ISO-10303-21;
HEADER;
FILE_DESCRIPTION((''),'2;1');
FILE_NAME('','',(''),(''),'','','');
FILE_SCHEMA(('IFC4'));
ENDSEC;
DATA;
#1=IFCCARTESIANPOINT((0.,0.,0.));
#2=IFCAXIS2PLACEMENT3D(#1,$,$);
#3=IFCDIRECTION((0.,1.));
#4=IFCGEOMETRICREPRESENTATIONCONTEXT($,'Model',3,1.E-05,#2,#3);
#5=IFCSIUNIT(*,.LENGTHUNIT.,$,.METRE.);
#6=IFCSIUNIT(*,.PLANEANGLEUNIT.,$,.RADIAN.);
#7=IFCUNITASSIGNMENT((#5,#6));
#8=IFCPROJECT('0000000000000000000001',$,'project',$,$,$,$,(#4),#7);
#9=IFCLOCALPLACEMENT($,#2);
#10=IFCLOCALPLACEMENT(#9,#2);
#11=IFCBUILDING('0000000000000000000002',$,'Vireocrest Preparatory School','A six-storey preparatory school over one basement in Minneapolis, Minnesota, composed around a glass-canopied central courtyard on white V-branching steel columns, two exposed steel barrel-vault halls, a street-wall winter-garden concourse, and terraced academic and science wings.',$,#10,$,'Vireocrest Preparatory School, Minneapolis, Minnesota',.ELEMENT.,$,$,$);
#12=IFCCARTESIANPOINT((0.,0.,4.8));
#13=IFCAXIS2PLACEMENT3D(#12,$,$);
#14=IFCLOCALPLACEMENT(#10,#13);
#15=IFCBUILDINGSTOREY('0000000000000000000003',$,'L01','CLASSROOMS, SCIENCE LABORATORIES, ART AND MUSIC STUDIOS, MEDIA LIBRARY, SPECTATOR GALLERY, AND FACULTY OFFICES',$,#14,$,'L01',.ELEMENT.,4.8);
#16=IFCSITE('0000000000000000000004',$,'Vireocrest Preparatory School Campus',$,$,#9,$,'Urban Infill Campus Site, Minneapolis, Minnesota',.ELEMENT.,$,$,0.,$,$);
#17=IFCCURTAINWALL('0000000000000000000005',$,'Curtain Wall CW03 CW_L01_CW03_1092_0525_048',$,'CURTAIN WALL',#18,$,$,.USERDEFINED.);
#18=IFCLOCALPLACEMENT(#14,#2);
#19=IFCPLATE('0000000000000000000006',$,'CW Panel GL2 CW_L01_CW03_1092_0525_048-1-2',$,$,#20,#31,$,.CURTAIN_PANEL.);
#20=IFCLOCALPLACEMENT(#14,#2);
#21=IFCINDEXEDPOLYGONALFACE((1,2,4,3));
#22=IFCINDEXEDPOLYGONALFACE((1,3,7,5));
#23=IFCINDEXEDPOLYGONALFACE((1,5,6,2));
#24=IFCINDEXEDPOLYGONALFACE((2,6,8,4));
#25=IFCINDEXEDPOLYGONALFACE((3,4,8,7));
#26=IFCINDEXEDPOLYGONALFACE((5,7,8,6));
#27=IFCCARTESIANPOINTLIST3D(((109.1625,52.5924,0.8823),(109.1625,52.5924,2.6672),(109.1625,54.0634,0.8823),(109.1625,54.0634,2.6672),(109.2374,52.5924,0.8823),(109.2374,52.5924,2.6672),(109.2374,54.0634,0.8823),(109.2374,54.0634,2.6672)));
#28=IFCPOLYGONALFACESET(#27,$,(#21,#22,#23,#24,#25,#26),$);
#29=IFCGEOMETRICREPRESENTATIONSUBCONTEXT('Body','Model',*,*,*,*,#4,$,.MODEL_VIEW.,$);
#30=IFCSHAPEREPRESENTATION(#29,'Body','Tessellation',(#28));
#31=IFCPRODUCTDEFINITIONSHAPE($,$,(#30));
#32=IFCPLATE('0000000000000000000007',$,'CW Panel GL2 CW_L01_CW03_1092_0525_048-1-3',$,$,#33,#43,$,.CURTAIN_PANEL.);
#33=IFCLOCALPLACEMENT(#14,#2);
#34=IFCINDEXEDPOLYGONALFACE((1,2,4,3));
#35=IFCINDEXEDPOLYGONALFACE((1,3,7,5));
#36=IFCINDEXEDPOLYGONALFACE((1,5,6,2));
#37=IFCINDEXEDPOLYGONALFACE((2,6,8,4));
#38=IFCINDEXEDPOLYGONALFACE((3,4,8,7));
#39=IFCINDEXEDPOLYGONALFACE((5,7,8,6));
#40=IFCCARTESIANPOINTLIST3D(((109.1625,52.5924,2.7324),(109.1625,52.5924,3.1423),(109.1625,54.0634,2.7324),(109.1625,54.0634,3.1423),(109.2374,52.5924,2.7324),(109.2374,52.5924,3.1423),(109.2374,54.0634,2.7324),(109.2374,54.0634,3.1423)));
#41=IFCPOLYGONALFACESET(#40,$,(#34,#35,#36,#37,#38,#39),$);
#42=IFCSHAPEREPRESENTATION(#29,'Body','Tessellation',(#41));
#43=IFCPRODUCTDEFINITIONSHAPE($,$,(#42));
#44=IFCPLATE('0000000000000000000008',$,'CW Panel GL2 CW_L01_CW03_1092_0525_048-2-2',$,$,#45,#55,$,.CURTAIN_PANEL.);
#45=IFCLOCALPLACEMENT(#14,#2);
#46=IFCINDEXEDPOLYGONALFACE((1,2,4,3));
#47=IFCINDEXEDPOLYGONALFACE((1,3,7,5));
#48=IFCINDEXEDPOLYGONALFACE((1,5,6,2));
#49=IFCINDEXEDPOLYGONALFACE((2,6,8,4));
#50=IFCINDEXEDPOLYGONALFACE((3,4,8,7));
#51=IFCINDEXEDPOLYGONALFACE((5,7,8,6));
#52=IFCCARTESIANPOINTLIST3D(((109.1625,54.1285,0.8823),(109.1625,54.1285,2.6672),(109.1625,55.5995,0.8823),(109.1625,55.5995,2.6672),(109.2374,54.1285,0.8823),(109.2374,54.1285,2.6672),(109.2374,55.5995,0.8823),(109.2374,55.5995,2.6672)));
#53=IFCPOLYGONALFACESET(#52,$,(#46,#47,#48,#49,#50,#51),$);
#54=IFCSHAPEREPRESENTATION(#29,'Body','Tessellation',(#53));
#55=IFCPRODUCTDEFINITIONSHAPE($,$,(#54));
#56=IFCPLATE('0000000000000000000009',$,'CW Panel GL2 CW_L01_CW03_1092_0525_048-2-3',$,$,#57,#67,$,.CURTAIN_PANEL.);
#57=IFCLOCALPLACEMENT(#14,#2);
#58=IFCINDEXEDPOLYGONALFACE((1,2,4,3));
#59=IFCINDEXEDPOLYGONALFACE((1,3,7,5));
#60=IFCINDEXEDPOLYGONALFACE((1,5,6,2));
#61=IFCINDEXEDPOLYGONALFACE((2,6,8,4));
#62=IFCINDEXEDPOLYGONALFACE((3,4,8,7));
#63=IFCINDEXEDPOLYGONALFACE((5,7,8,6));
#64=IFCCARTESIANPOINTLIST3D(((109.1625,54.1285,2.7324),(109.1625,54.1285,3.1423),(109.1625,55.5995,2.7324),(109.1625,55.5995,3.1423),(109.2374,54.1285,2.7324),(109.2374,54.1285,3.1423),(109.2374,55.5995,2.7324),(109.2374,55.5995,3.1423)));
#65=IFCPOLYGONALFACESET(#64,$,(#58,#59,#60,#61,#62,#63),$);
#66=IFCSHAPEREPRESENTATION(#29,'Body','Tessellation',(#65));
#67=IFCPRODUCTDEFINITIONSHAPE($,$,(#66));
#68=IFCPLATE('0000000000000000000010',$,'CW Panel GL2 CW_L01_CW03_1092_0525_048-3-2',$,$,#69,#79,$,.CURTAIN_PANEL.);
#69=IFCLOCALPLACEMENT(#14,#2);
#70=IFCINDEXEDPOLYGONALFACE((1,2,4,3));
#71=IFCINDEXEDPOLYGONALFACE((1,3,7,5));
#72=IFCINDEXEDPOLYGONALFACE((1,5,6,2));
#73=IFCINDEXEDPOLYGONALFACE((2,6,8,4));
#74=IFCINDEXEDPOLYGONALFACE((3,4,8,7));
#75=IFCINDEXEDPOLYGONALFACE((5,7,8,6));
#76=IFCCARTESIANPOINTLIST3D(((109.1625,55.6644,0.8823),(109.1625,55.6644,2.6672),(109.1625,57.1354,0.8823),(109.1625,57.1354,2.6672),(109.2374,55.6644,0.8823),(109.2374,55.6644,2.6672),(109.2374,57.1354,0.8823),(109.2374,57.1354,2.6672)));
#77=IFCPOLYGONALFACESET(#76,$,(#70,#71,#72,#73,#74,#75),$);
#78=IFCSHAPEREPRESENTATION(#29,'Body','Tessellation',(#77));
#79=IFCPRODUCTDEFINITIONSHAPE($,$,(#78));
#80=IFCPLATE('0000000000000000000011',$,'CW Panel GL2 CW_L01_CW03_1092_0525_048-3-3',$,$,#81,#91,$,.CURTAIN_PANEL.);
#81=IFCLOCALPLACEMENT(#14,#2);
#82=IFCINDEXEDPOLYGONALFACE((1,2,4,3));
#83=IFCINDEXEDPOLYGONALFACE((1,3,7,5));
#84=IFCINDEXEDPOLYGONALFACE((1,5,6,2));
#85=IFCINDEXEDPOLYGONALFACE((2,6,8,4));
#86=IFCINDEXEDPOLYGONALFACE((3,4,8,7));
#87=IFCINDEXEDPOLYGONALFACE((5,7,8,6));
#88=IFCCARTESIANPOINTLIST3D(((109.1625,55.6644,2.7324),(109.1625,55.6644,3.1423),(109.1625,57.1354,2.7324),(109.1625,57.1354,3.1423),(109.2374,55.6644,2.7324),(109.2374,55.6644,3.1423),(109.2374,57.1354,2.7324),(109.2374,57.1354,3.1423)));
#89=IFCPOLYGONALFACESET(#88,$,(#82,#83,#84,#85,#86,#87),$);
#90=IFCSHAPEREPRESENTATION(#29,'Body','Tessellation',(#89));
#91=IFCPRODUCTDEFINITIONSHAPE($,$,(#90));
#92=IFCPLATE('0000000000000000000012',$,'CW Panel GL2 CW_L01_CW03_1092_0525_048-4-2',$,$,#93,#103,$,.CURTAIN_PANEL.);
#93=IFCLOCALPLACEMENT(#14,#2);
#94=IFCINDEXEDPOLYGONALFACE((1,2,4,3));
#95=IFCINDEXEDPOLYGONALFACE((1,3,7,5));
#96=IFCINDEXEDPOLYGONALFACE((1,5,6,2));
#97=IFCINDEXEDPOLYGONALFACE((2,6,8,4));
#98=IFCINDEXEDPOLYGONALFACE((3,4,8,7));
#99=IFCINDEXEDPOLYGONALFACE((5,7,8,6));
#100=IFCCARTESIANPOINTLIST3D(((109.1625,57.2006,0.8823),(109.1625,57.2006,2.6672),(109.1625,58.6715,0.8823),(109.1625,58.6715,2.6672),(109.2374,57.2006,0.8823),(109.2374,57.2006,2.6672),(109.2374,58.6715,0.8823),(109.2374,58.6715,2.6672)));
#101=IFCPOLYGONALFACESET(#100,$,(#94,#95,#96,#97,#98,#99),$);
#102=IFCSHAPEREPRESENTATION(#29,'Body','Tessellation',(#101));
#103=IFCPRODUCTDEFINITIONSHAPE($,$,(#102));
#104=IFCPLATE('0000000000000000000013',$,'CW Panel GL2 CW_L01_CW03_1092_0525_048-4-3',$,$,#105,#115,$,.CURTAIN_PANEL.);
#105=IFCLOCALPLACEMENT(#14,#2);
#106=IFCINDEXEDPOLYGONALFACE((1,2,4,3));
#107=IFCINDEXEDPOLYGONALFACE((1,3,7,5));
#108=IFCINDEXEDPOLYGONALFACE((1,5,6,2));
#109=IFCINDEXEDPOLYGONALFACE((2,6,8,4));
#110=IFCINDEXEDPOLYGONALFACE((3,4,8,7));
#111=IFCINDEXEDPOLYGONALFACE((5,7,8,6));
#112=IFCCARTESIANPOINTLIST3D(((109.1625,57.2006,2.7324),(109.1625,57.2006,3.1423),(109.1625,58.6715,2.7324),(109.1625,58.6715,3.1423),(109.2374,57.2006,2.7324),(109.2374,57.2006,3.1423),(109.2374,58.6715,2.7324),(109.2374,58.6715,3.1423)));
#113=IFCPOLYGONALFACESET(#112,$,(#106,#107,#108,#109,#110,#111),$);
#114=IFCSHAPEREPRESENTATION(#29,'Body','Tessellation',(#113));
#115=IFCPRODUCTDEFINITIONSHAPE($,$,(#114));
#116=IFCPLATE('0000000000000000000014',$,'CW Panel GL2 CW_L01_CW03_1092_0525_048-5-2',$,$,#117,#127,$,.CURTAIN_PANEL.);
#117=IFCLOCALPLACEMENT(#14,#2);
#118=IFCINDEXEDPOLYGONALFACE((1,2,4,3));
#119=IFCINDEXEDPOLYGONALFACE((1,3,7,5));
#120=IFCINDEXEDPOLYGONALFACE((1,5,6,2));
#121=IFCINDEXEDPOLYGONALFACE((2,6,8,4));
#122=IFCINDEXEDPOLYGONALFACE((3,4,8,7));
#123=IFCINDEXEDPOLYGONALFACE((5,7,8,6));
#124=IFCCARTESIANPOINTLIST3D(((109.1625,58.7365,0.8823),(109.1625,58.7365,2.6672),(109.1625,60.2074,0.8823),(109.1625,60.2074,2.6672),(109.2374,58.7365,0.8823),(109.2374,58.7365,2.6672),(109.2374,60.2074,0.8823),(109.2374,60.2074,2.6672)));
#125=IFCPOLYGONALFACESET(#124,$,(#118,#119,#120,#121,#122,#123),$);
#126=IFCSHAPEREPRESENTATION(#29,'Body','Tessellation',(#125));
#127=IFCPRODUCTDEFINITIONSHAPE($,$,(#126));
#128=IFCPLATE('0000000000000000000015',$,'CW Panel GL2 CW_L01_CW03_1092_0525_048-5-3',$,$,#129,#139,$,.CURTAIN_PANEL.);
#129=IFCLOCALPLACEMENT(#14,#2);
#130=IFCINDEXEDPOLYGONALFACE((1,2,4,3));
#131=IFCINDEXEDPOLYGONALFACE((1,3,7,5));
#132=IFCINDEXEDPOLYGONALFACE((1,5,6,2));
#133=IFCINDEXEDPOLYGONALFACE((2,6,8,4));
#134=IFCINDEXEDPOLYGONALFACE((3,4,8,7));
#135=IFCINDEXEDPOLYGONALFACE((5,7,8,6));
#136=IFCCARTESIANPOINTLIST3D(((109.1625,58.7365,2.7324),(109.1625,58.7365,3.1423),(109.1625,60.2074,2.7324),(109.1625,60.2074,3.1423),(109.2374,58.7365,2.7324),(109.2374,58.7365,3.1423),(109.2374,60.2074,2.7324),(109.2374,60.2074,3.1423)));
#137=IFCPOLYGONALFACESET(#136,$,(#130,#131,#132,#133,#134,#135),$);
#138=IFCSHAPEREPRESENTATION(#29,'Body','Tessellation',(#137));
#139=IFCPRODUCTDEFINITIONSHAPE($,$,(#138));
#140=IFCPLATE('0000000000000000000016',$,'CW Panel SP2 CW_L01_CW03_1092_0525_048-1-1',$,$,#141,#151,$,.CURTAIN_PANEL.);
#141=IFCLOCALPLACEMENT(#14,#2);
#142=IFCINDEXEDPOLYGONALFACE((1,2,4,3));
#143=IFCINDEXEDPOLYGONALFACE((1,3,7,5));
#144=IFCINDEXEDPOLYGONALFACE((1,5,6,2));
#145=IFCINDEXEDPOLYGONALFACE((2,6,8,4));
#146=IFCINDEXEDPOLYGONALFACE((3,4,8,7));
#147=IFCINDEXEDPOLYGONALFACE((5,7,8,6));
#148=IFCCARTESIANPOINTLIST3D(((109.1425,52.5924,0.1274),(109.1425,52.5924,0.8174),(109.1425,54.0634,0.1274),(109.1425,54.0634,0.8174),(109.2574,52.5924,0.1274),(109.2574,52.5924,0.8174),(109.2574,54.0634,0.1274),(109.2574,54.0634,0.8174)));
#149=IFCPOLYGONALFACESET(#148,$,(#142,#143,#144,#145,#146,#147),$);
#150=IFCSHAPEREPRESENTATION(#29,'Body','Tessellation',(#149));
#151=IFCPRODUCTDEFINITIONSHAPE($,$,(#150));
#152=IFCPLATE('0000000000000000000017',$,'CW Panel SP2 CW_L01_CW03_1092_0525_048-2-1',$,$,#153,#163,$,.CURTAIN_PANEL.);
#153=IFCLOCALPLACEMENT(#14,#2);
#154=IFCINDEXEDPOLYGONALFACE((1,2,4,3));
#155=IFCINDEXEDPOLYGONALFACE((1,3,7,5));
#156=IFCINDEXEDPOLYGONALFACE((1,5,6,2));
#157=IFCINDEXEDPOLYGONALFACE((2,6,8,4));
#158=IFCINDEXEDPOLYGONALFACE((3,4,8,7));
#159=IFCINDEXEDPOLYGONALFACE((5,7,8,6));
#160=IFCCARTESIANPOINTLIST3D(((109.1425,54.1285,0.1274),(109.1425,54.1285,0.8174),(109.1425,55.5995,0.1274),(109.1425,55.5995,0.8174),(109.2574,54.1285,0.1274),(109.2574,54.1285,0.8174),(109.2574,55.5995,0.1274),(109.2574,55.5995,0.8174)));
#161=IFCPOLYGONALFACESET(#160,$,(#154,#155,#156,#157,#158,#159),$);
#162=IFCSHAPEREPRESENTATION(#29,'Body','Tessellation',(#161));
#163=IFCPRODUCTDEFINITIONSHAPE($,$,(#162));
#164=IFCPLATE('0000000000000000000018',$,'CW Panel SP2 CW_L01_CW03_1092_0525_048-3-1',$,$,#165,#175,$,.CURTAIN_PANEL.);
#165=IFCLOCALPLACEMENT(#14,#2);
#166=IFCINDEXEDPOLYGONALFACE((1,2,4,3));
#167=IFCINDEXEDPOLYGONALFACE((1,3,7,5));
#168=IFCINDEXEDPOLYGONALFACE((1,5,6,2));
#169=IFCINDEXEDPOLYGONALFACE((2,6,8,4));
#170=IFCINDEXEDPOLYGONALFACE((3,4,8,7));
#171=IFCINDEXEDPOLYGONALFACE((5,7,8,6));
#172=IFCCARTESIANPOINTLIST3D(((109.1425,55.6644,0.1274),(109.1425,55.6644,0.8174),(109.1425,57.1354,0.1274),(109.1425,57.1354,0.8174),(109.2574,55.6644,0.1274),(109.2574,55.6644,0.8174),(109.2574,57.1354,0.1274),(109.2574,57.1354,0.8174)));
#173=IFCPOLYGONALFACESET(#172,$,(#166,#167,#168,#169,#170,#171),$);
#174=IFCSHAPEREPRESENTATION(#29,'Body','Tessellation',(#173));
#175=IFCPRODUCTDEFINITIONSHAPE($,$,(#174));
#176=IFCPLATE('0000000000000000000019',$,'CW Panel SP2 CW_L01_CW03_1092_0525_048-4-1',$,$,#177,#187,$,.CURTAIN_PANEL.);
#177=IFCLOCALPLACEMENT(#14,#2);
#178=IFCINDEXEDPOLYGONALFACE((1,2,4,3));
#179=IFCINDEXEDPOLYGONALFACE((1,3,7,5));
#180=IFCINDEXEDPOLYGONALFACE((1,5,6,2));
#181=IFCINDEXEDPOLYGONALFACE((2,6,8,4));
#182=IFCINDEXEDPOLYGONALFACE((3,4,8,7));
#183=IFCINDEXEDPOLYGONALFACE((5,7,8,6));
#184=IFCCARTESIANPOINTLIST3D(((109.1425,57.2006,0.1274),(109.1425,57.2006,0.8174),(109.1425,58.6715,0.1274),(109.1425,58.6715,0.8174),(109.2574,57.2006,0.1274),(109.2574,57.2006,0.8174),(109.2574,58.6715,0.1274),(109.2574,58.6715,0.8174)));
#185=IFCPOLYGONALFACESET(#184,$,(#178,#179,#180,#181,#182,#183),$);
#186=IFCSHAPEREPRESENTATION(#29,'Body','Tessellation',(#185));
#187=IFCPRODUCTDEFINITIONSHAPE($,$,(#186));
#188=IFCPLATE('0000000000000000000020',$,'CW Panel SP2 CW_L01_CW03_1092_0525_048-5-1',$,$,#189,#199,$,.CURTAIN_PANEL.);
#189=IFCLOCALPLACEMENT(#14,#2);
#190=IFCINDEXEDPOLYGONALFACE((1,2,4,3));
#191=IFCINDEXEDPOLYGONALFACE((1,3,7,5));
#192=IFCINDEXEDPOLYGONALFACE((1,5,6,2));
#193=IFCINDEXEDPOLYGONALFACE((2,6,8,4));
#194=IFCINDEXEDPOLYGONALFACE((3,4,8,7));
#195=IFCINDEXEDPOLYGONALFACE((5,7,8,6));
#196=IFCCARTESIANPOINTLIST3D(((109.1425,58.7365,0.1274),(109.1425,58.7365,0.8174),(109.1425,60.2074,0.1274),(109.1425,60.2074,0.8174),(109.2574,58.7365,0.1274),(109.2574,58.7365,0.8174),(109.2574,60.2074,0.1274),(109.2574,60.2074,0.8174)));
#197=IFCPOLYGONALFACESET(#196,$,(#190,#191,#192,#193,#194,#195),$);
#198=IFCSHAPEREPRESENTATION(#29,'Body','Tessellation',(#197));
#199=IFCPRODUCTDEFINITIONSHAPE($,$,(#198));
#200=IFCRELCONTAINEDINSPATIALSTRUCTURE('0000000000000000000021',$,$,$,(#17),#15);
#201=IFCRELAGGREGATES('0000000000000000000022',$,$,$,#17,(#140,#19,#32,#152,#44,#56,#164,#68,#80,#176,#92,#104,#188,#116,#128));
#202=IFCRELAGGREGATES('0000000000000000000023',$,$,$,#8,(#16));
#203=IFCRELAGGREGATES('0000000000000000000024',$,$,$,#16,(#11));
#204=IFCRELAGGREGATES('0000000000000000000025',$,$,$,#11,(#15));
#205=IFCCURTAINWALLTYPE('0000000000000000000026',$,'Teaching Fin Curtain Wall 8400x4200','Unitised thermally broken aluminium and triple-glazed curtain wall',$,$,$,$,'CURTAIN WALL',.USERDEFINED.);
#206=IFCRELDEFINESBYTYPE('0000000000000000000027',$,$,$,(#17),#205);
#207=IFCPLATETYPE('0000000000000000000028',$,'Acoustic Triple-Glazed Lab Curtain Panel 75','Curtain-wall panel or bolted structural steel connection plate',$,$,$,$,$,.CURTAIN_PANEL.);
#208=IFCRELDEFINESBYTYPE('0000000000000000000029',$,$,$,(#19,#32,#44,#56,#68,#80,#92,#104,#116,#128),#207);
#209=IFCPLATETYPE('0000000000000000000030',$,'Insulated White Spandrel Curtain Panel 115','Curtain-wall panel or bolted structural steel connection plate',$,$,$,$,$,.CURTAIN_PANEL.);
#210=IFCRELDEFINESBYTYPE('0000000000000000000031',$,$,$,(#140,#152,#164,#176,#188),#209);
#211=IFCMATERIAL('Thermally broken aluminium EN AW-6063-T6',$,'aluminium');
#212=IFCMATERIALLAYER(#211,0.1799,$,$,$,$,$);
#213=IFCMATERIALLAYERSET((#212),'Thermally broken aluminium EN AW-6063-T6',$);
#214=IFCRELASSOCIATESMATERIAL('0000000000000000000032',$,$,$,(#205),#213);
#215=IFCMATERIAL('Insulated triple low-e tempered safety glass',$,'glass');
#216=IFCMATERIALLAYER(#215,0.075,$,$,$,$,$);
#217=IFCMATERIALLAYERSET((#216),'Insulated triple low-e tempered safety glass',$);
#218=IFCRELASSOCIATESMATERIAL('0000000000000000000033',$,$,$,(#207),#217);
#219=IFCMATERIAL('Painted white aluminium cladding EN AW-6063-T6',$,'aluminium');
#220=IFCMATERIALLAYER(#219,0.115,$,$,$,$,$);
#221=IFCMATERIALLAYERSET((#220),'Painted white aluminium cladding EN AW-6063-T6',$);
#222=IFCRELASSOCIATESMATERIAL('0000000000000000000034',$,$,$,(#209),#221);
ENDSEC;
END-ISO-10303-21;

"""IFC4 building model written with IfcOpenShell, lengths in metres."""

from ifc_helpers import new_model, si_unit, direction, frame, origin, origin_2d, place, context, subcontext, project, spatial, rectangle, extrude, material, layer, layer_set, type_object, element, aggregate, save


model = new_model("IFC4")

# Units and contexts
model_context = context("Model", 3, precision=1e-05, world=origin(), true_north=direction((0.0, 1.0)))
body_context = subcontext(model_context, "Body", "Model", "MODEL_VIEW")
ifc_project = project(units=[si_unit("LENGTHUNIT", "METRE"), si_unit("PLANEANGLEUNIT", "RADIAN")], contexts=[model_context])

# Site, building, storey
site_placement = place(None, origin())
site = spatial("IfcSite", under=ifc_project, at=site_placement, Name="Vireocrest Preparatory School Campus", LongName="Urban Infill Campus Site, Minneapolis, Minnesota", CompositionType="ELEMENT", RefElevation=0.0)
building_placement = place(site_placement, origin())
building = spatial("IfcBuilding", under=site, at=building_placement, Name="Vireocrest Preparatory School", Description="A six-storey preparatory school over one basement in Minneapolis, Minnesota, composed around a glass-canopied central courtyard on white V-branching steel columns, two exposed steel barrel-vault halls, a street-wall winter-garden concourse, and terraced academic and science wings.", LongName="Vireocrest Preparatory School, Minneapolis, Minnesota", CompositionType="ELEMENT")
storey_placement = place(building_placement, frame((0.0, 0.0, 4.8)))
storey = spatial("IfcBuildingStorey", under=building, at=storey_placement, Name="L01", Description="CLASSROOMS, SCIENCE LABORATORIES, ART AND MUSIC STUDIOS, MEDIA LIBRARY, SPECTATOR GALLERY, AND FACULTY OFFICES", LongName="L01", CompositionType="ELEMENT", Elevation=4.8)

# Curtain wall
ifc_material_1 = material(Name="Thermally broken aluminium EN AW-6063-T6", Category="aluminium")
ifc_layer_1 = layer(ifc_material_1, 0.1799)
ifc_layer_set_1 = layer_set([ifc_layer_1], Name="Thermally broken aluminium EN AW-6063-T6")
curtain_wall_type = type_object("IfcCurtainWallType", Name="Teaching Fin Curtain Wall 8400x4200", Description="Unitised thermally broken aluminium and triple-glazed curtain wall", ElementType="CURTAIN WALL", PredefinedType="USERDEFINED", material=ifc_layer_set_1)
curtain_wall_placement = place(storey_placement, origin())
curtain_wall = element("IfcCurtainWall", 1, at=curtain_wall_placement, inside=storey, type_object=curtain_wall_type, Name="Curtain Wall CW03 CW_L01_CW03_1092_0525_048", ObjectType="CURTAIN WALL", PredefinedType="USERDEFINED")

# Plates
ifc_material_2 = material(Name="Insulated triple low-e tempered safety glass", Category="glass")
ifc_layer_2 = layer(ifc_material_2, 0.075)
ifc_layer_set_2 = layer_set([ifc_layer_2], Name="Insulated triple low-e tempered safety glass")
plate_type_1 = type_object("IfcPlateType", Name="Acoustic Triple-Glazed Lab Curtain Panel 75", Description="Curtain-wall panel or bolted structural steel connection plate", PredefinedType="CURTAIN_PANEL", material=ifc_layer_set_2)
plate_1_placement = place(storey_placement, frame((109.2, 53.3279, 0.8823), z_axis=(0.0, 0.0, 1.0), x_axis=(0.0, 1.0, 0.0)))
plate_1 = element("IfcPlate", 2, at=plate_1_placement, type_object=plate_type_1, Name="CW Panel GL2 CW_L01_CW03_1092_0525_048-1-2", PredefinedType="CURTAIN_PANEL", context=body_context, shape_type="SweptSolid", body=[
    extrude(rectangle(XDim=1.4709, YDim=0.075, at=origin_2d()), origin(), (0.0, 0.0, 1.0), 1.7849),
])
plate_2_placement = place(storey_placement, frame((109.2, 53.3279, 2.7324), z_axis=(0.0, 0.0, 1.0), x_axis=(0.0, 1.0, 0.0)))
plate_2 = element("IfcPlate", 3, at=plate_2_placement, type_object=plate_type_1, Name="CW Panel GL2 CW_L01_CW03_1092_0525_048-1-3", PredefinedType="CURTAIN_PANEL", context=body_context, shape_type="SweptSolid", body=[
    extrude(rectangle(XDim=1.4709, YDim=0.075, at=origin_2d()), origin(), (0.0, 0.0, 1.0), 0.4099),
])
plate_3_placement = place(storey_placement, frame((109.2, 54.864, 0.8823), z_axis=(0.0, 0.0, 1.0), x_axis=(0.0, 1.0, 0.0)))
plate_3 = element("IfcPlate", 4, at=plate_3_placement, type_object=plate_type_1, Name="CW Panel GL2 CW_L01_CW03_1092_0525_048-2-2", PredefinedType="CURTAIN_PANEL", context=body_context, shape_type="SweptSolid", body=[
    extrude(rectangle(XDim=1.4709, YDim=0.075, at=origin_2d()), origin(), (0.0, 0.0, 1.0), 1.7849),
])
plate_4_placement = place(storey_placement, frame((109.2, 54.864, 2.7324), z_axis=(0.0, 0.0, 1.0), x_axis=(0.0, 1.0, 0.0)))
plate_4 = element("IfcPlate", 5, at=plate_4_placement, type_object=plate_type_1, Name="CW Panel GL2 CW_L01_CW03_1092_0525_048-2-3", PredefinedType="CURTAIN_PANEL", context=body_context, shape_type="SweptSolid", body=[
    extrude(rectangle(XDim=1.4709, YDim=0.075, at=origin_2d()), origin(), (0.0, 0.0, 1.0), 0.4099),
])
plate_5_placement = place(storey_placement, frame((109.2, 56.3999, 0.8823), z_axis=(0.0, 0.0, 1.0), x_axis=(0.0, 1.0, 0.0)))
plate_5 = element("IfcPlate", 6, at=plate_5_placement, type_object=plate_type_1, Name="CW Panel GL2 CW_L01_CW03_1092_0525_048-3-2", PredefinedType="CURTAIN_PANEL", context=body_context, shape_type="SweptSolid", body=[
    extrude(rectangle(XDim=1.4709, YDim=0.075, at=origin_2d()), origin(), (0.0, 0.0, 1.0), 1.7849),
])
plate_6_placement = place(storey_placement, frame((109.2, 56.3999, 2.7324), z_axis=(0.0, 0.0, 1.0), x_axis=(0.0, 1.0, 0.0)))
plate_6 = element("IfcPlate", 7, at=plate_6_placement, type_object=plate_type_1, Name="CW Panel GL2 CW_L01_CW03_1092_0525_048-3-3", PredefinedType="CURTAIN_PANEL", context=body_context, shape_type="SweptSolid", body=[
    extrude(rectangle(XDim=1.4709, YDim=0.075, at=origin_2d()), origin(), (0.0, 0.0, 1.0), 0.4099),
])
plate_7_placement = place(storey_placement, frame((109.2, 57.936, 0.8823), z_axis=(0.0, 0.0, 1.0), x_axis=(0.0, 1.0, 0.0)))
plate_7 = element("IfcPlate", 8, at=plate_7_placement, type_object=plate_type_1, Name="CW Panel GL2 CW_L01_CW03_1092_0525_048-4-2", PredefinedType="CURTAIN_PANEL", context=body_context, shape_type="SweptSolid", body=[
    extrude(rectangle(XDim=1.4709, YDim=0.075, at=origin_2d()), origin(), (0.0, 0.0, 1.0), 1.7849),
])
plate_8_placement = place(storey_placement, frame((109.2, 57.936, 2.7324), z_axis=(0.0, 0.0, 1.0), x_axis=(0.0, 1.0, 0.0)))
plate_8 = element("IfcPlate", 9, at=plate_8_placement, type_object=plate_type_1, Name="CW Panel GL2 CW_L01_CW03_1092_0525_048-4-3", PredefinedType="CURTAIN_PANEL", context=body_context, shape_type="SweptSolid", body=[
    extrude(rectangle(XDim=1.4709, YDim=0.075, at=origin_2d()), origin(), (0.0, 0.0, 1.0), 0.4099),
])
plate_9_placement = place(storey_placement, frame((109.2, 59.4719, 0.8823), z_axis=(0.0, 0.0, 1.0), x_axis=(0.0, 1.0, 0.0)))
plate_9 = element("IfcPlate", 10, at=plate_9_placement, type_object=plate_type_1, Name="CW Panel GL2 CW_L01_CW03_1092_0525_048-5-2", PredefinedType="CURTAIN_PANEL", context=body_context, shape_type="SweptSolid", body=[
    extrude(rectangle(XDim=1.4709, YDim=0.075, at=origin_2d()), origin(), (0.0, 0.0, 1.0), 1.7849),
])
plate_10_placement = place(storey_placement, frame((109.2, 59.4719, 2.7324), z_axis=(0.0, 0.0, 1.0), x_axis=(0.0, 1.0, 0.0)))
plate_10 = element("IfcPlate", 11, at=plate_10_placement, type_object=plate_type_1, Name="CW Panel GL2 CW_L01_CW03_1092_0525_048-5-3", PredefinedType="CURTAIN_PANEL", context=body_context, shape_type="SweptSolid", body=[
    extrude(rectangle(XDim=1.4709, YDim=0.075, at=origin_2d()), origin(), (0.0, 0.0, 1.0), 0.4099),
])
ifc_material_3 = material(Name="Painted white aluminium cladding EN AW-6063-T6", Category="aluminium")
ifc_layer_3 = layer(ifc_material_3, 0.115)
ifc_layer_set_3 = layer_set([ifc_layer_3], Name="Painted white aluminium cladding EN AW-6063-T6")
plate_type_2 = type_object("IfcPlateType", Name="Insulated White Spandrel Curtain Panel 115", Description="Curtain-wall panel or bolted structural steel connection plate", PredefinedType="CURTAIN_PANEL", material=ifc_layer_set_3)
plate_11_placement = place(storey_placement, frame((109.2, 53.3279, 0.1274), z_axis=(0.0, 0.0, 1.0), x_axis=(0.0, 1.0, 0.0)))
plate_11 = element("IfcPlate", 12, at=plate_11_placement, type_object=plate_type_2, Name="CW Panel SP2 CW_L01_CW03_1092_0525_048-1-1", PredefinedType="CURTAIN_PANEL", context=body_context, shape_type="SweptSolid", body=[
    extrude(rectangle(XDim=1.4709, YDim=0.115, at=origin_2d()), origin(), (0.0, 0.0, 1.0), 0.6899),
])
plate_12_placement = place(storey_placement, frame((109.2, 54.864, 0.1274), z_axis=(0.0, 0.0, 1.0), x_axis=(0.0, 1.0, 0.0)))
plate_12 = element("IfcPlate", 13, at=plate_12_placement, type_object=plate_type_2, Name="CW Panel SP2 CW_L01_CW03_1092_0525_048-2-1", PredefinedType="CURTAIN_PANEL", context=body_context, shape_type="SweptSolid", body=[
    extrude(rectangle(XDim=1.4709, YDim=0.115, at=origin_2d()), origin(), (0.0, 0.0, 1.0), 0.6899),
])
plate_13_placement = place(storey_placement, frame((109.2, 56.3999, 0.1274), z_axis=(0.0, 0.0, 1.0), x_axis=(0.0, 1.0, 0.0)))
plate_13 = element("IfcPlate", 14, at=plate_13_placement, type_object=plate_type_2, Name="CW Panel SP2 CW_L01_CW03_1092_0525_048-3-1", PredefinedType="CURTAIN_PANEL", context=body_context, shape_type="SweptSolid", body=[
    extrude(rectangle(XDim=1.4709, YDim=0.115, at=origin_2d()), origin(), (0.0, 0.0, 1.0), 0.6899),
])
plate_14_placement = place(storey_placement, frame((109.2, 57.936, 0.1274), z_axis=(0.0, 0.0, 1.0), x_axis=(0.0, 1.0, 0.0)))
plate_14 = element("IfcPlate", 15, at=plate_14_placement, type_object=plate_type_2, Name="CW Panel SP2 CW_L01_CW03_1092_0525_048-4-1", PredefinedType="CURTAIN_PANEL", context=body_context, shape_type="SweptSolid", body=[
    extrude(rectangle(XDim=1.4709, YDim=0.115, at=origin_2d()), origin(), (0.0, 0.0, 1.0), 0.6899),
])
plate_15_placement = place(storey_placement, frame((109.2, 59.4719, 0.1274), z_axis=(0.0, 0.0, 1.0), x_axis=(0.0, 1.0, 0.0)))
plate_15 = element("IfcPlate", 16, at=plate_15_placement, type_object=plate_type_2, Name="CW Panel SP2 CW_L01_CW03_1092_0525_048-5-1", PredefinedType="CURTAIN_PANEL", context=body_context, shape_type="SweptSolid", body=[
    extrude(rectangle(XDim=1.4709, YDim=0.115, at=origin_2d()), origin(), (0.0, 0.0, 1.0), 0.6899),
])
aggregate(curtain_wall, [plate_11, plate_1, plate_2, plate_12, plate_3, plate_4, plate_13, plate_5, plate_6, plate_14, plate_7, plate_8, plate_15, plate_9, plate_10])

save(model, "model.ifc")
